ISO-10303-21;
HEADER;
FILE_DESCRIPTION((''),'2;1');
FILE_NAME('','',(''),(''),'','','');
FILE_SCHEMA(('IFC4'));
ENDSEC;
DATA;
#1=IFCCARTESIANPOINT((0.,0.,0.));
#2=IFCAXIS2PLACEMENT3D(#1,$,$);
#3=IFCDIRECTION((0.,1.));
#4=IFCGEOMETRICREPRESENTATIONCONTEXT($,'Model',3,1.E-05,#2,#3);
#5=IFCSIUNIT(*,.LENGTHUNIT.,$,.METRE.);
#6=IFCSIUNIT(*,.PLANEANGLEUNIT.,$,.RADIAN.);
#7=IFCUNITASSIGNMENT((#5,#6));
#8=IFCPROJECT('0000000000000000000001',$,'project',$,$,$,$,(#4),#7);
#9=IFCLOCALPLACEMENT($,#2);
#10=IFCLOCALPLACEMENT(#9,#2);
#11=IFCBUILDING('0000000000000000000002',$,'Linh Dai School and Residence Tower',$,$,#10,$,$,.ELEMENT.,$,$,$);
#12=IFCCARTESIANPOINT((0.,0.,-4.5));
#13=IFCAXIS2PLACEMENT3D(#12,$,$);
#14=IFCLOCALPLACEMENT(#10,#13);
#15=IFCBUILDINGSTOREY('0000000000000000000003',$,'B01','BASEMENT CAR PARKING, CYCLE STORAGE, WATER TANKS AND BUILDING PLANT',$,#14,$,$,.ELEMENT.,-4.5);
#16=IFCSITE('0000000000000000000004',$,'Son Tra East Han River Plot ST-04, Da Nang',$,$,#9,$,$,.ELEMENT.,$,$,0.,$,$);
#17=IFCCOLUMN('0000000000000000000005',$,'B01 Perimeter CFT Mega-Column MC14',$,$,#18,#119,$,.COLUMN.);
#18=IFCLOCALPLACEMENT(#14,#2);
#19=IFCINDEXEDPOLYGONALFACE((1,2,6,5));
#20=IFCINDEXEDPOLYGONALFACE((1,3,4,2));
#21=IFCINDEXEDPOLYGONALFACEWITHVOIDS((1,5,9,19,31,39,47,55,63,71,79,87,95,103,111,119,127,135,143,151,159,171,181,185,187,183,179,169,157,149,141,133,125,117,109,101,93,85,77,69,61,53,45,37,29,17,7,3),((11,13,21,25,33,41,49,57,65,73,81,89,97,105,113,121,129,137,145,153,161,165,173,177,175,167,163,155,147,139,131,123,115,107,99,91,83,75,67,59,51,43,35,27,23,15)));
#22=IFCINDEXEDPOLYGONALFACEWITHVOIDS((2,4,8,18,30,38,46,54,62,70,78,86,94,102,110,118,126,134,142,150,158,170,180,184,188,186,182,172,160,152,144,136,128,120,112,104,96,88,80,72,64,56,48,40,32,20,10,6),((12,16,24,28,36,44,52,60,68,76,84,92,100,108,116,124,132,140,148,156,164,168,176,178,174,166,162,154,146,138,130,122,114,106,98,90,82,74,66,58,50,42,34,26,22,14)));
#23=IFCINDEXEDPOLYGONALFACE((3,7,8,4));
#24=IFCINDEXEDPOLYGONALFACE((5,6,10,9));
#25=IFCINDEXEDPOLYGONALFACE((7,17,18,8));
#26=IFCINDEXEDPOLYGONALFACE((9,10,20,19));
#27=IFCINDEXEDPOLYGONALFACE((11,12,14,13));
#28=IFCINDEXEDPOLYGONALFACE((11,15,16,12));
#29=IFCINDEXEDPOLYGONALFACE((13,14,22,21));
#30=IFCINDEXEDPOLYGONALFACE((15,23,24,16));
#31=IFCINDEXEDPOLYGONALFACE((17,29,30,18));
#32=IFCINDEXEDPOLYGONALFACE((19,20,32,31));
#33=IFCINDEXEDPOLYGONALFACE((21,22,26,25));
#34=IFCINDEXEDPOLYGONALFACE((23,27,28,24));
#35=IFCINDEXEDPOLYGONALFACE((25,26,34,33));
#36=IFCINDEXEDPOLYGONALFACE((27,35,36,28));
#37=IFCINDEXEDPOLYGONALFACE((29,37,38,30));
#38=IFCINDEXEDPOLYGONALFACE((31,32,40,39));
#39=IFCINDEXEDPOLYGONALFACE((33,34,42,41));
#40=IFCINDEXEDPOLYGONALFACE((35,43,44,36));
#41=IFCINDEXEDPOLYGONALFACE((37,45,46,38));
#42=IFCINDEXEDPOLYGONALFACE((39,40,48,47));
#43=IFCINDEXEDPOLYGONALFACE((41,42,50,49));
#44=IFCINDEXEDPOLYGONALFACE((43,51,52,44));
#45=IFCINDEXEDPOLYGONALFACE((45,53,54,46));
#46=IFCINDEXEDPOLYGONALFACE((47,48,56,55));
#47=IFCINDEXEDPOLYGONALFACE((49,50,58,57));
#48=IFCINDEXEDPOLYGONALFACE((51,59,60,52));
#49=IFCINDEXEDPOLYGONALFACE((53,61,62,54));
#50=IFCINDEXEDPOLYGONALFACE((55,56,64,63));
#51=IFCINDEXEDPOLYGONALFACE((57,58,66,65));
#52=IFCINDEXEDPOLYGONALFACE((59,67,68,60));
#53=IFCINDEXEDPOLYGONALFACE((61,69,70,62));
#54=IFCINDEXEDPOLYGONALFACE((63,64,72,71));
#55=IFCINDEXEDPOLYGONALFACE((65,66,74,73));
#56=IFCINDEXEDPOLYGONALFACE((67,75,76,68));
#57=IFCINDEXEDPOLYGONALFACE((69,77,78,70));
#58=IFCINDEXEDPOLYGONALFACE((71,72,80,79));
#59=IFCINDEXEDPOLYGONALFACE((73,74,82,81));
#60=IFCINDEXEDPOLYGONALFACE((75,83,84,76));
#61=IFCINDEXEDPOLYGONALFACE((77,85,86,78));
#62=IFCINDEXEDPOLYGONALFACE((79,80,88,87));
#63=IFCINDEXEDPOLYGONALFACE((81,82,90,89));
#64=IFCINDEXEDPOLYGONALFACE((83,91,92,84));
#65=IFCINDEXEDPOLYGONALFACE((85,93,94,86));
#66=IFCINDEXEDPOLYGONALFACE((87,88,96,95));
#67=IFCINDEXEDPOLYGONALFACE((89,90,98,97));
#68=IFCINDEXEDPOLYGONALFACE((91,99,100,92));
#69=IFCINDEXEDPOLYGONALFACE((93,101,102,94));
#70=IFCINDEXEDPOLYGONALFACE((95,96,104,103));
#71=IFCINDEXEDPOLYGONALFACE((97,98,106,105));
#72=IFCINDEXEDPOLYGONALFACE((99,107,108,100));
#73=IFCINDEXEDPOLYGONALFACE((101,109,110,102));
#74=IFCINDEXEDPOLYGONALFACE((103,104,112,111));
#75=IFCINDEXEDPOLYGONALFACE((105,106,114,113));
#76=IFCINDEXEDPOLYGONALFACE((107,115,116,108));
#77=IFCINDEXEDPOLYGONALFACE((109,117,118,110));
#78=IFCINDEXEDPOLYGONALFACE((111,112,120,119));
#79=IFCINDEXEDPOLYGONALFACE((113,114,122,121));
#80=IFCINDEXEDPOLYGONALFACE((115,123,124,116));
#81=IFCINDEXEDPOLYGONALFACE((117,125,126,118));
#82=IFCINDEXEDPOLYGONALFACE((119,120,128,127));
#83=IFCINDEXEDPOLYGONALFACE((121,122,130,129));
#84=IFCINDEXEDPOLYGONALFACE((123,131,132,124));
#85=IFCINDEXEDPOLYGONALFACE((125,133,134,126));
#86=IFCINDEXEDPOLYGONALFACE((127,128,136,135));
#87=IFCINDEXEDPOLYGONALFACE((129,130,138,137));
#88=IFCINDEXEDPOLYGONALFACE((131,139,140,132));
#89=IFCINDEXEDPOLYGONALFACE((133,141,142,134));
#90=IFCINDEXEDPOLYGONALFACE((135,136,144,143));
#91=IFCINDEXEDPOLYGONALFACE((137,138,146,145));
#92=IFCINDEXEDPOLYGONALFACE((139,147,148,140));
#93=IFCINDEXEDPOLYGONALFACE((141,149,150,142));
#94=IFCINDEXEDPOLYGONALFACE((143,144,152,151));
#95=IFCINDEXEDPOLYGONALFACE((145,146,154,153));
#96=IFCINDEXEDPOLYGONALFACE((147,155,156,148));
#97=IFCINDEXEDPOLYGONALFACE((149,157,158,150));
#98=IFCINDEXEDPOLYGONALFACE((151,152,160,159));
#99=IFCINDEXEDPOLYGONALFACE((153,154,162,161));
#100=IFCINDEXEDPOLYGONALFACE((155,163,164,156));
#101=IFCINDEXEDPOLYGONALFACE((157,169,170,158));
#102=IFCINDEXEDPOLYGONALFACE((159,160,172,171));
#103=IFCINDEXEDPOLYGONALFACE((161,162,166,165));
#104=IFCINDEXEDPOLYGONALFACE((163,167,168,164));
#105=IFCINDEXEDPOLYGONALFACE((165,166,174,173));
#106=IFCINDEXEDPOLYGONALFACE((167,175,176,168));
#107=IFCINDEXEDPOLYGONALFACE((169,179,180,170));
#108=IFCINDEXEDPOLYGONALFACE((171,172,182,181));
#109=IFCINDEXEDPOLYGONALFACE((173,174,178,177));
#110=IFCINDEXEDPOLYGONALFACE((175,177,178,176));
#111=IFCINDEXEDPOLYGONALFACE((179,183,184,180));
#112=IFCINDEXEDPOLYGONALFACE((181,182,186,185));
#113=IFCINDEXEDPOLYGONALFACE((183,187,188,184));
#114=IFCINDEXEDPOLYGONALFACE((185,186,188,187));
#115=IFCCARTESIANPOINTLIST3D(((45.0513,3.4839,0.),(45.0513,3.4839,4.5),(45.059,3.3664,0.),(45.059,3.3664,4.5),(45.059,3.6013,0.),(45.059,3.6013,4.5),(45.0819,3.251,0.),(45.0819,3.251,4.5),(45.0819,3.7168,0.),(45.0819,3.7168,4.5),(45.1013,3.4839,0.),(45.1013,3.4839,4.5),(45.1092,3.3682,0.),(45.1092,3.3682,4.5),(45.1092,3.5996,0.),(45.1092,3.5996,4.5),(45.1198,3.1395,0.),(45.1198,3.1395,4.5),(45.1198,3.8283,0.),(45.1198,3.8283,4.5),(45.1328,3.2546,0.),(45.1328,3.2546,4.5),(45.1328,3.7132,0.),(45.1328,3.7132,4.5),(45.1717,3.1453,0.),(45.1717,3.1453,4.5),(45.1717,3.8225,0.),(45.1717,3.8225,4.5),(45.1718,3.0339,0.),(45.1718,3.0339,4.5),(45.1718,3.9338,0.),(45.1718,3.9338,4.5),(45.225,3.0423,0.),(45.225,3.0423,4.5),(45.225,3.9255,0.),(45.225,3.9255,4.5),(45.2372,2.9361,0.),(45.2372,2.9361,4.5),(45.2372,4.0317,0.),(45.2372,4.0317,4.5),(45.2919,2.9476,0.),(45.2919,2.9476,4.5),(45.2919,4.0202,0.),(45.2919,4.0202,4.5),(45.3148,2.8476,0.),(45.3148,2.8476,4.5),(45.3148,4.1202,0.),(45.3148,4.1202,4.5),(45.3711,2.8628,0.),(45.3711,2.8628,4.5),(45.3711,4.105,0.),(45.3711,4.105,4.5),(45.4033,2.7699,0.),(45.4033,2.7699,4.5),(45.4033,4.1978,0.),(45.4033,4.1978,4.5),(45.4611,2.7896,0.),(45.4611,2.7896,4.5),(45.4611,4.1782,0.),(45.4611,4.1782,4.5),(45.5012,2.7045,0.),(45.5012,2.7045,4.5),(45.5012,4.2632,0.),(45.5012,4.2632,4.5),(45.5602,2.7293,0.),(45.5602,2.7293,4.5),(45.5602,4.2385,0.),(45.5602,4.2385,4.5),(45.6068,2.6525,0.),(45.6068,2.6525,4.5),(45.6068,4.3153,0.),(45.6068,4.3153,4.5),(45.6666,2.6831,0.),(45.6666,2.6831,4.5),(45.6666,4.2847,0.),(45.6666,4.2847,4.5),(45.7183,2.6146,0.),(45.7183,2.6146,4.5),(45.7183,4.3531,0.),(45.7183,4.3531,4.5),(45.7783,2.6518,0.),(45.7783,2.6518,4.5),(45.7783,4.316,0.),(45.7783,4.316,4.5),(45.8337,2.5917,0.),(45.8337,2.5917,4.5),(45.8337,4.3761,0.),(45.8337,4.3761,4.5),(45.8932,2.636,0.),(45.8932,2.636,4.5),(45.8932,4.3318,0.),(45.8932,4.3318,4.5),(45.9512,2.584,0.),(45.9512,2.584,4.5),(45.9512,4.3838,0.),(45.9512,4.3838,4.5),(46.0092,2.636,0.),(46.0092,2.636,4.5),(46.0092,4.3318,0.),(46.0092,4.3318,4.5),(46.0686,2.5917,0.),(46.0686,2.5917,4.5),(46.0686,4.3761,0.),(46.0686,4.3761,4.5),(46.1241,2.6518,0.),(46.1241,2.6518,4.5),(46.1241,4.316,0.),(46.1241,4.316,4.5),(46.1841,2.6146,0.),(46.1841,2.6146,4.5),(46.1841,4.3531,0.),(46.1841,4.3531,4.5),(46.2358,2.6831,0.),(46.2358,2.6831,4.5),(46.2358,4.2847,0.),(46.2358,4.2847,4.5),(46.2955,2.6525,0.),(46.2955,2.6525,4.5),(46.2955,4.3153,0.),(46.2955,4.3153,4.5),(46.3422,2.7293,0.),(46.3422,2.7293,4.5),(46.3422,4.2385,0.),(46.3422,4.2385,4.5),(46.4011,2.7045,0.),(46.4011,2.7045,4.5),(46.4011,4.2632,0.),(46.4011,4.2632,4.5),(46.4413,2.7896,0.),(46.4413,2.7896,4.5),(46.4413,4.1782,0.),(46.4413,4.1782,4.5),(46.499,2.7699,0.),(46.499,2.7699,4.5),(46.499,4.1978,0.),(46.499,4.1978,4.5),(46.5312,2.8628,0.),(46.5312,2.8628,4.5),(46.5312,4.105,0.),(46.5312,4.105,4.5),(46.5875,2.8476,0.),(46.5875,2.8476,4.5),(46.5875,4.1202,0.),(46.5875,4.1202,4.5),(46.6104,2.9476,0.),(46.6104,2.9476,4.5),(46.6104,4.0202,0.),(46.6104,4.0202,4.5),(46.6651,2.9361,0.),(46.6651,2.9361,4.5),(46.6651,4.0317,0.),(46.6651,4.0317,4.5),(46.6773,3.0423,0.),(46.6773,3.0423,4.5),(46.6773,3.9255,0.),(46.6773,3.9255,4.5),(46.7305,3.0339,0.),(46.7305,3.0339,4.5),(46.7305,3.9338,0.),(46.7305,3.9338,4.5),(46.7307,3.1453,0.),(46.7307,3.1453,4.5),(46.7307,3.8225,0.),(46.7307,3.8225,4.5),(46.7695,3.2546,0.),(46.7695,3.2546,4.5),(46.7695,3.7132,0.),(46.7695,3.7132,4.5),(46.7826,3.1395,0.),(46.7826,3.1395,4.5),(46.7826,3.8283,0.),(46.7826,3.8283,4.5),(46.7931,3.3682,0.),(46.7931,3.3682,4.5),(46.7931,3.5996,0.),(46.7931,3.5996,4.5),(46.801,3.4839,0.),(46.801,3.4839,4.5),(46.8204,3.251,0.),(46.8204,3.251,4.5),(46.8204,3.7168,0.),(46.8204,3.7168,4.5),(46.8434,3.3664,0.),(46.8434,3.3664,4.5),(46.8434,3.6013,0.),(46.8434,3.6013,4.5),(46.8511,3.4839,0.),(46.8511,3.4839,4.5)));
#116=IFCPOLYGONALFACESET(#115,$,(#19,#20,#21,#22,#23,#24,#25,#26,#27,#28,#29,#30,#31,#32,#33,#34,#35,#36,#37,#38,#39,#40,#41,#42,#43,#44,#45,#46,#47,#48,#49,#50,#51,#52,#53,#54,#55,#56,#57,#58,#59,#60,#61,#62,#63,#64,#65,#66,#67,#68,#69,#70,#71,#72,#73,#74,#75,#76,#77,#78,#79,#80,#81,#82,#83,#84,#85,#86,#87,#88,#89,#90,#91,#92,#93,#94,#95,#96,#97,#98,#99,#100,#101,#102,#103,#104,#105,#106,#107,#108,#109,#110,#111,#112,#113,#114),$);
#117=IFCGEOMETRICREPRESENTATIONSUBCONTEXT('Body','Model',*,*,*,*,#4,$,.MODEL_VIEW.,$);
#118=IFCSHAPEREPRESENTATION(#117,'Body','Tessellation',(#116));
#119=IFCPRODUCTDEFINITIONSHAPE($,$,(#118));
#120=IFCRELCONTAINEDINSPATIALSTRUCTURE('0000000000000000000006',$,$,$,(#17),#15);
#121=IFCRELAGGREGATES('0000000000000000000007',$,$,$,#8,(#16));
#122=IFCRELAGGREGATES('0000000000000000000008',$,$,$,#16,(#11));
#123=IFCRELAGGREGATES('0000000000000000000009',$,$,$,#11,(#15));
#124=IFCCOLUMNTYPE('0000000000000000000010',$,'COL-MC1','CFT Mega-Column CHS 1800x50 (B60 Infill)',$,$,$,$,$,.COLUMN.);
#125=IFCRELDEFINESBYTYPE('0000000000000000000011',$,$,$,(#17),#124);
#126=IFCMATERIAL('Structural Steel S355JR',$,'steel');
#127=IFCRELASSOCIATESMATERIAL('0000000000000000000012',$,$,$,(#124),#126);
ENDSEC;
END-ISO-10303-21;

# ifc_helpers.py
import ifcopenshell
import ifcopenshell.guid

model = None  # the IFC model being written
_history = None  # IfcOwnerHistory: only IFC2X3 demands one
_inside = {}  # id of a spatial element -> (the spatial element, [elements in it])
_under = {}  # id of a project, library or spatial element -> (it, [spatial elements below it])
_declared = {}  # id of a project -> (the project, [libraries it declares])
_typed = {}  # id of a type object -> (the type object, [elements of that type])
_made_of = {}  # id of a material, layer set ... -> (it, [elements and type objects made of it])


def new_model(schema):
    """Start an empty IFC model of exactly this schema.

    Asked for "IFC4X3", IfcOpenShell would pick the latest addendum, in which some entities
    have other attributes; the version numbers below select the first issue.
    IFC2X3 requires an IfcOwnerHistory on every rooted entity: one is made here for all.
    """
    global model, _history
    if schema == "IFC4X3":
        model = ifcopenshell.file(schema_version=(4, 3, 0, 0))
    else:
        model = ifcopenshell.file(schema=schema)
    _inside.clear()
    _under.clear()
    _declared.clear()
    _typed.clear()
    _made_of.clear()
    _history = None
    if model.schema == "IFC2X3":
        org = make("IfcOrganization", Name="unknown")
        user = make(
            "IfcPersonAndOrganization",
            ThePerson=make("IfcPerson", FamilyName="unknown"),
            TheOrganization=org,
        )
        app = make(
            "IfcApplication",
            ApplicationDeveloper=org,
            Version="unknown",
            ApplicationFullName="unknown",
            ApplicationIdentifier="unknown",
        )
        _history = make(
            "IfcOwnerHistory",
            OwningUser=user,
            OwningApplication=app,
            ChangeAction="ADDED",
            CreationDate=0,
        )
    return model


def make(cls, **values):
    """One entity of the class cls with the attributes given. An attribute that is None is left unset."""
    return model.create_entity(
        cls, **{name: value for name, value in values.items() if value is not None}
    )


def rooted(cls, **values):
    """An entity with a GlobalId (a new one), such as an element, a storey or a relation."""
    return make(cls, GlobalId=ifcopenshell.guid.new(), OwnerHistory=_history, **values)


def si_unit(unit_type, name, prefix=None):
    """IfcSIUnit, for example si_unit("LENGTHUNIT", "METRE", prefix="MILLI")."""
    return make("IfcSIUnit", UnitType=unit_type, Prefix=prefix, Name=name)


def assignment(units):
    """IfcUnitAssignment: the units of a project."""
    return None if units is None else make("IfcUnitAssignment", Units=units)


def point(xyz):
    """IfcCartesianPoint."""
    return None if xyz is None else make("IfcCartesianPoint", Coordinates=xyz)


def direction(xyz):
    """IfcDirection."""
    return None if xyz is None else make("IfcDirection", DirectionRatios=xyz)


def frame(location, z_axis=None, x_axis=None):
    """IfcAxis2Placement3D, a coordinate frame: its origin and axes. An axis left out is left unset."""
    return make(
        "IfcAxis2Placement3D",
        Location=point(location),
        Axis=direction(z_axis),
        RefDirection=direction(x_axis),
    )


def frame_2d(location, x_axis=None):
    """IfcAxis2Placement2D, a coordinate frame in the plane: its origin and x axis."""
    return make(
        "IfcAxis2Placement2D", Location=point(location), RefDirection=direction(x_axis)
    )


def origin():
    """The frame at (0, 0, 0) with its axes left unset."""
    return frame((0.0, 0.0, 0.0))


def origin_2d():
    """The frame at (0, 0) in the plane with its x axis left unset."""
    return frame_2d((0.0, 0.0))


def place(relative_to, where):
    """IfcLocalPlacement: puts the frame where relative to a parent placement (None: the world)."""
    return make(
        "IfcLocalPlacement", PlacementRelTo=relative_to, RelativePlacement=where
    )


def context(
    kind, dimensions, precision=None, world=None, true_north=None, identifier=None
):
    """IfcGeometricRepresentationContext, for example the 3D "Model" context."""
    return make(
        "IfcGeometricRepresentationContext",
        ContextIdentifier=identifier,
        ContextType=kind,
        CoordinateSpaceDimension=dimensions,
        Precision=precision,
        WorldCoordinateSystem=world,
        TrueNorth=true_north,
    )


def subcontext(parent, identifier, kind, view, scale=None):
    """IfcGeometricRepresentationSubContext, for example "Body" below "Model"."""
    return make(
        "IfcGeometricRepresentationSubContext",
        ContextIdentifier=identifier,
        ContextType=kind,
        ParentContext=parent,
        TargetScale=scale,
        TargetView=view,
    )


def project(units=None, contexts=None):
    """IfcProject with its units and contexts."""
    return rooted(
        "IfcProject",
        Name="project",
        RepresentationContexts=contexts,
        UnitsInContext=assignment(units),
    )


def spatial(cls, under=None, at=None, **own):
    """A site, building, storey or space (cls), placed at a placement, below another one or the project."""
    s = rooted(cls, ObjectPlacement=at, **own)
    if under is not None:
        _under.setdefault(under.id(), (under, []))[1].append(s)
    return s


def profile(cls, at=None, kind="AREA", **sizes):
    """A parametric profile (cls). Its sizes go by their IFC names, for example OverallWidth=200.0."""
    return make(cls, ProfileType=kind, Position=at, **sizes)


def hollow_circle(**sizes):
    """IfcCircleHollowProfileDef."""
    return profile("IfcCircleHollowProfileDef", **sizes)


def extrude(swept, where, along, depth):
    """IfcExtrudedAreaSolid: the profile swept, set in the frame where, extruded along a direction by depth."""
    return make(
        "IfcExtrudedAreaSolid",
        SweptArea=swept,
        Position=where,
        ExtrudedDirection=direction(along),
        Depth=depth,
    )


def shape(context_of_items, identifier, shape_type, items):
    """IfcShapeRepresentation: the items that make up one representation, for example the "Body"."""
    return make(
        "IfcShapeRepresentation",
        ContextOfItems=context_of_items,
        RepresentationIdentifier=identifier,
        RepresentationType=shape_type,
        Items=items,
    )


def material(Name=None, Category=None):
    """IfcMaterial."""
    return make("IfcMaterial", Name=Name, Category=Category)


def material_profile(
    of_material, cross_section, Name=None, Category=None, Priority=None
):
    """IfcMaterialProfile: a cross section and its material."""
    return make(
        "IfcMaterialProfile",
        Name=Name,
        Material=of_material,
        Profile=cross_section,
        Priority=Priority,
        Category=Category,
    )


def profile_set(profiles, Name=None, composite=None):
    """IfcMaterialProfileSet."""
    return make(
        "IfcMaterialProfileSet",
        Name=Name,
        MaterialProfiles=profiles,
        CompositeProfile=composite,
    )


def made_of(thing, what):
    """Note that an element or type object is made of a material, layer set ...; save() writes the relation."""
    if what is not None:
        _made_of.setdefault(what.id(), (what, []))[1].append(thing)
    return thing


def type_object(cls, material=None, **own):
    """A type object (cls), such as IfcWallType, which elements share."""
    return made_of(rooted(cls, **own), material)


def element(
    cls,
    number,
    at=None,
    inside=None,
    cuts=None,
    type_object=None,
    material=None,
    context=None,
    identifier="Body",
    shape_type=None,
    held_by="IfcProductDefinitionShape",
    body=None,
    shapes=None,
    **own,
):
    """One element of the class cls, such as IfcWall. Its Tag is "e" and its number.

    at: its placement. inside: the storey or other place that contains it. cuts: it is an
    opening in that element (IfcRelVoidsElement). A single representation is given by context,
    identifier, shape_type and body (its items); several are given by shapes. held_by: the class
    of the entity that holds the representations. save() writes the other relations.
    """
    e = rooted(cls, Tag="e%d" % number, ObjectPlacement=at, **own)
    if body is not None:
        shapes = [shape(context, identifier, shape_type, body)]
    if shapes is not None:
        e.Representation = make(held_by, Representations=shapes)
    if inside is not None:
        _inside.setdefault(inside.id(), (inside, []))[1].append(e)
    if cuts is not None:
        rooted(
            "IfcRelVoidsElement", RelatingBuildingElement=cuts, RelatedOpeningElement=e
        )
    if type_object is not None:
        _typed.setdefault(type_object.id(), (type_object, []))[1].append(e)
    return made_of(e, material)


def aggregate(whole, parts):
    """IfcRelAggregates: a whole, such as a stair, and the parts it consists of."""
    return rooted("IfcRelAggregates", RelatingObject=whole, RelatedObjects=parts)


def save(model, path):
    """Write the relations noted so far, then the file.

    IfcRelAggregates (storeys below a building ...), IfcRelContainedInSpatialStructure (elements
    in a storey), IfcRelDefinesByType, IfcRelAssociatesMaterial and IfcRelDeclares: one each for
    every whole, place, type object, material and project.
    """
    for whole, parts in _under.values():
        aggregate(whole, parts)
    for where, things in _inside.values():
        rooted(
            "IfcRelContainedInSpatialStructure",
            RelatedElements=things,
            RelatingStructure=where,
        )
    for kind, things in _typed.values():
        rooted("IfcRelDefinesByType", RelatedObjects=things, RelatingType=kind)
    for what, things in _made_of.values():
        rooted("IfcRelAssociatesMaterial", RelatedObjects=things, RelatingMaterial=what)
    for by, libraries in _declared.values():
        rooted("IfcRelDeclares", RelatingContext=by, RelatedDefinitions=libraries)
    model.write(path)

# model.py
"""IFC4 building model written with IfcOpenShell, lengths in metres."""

from ifc_helpers import new_model, si_unit, direction, frame, origin, origin_2d, place, context, subcontext, project, spatial, hollow_circle, extrude, material, material_profile, profile_set, type_object, element, save


model = new_model("IFC4")

# Units and contexts
model_context = context("Model", 3, precision=1e-05, world=origin(), true_north=direction((0.0, 1.0)))
body_context = subcontext(model_context, "Body", "Model", "MODEL_VIEW")
ifc_project = project(units=[si_unit("LENGTHUNIT", "METRE"), si_unit("PLANEANGLEUNIT", "RADIAN")], contexts=[model_context])

# Site, building, storey
site_placement = place(None, origin())
site = spatial("IfcSite", under=ifc_project, at=site_placement, Name="Son Tra East Han River Plot ST-04, Da Nang", CompositionType="ELEMENT", RefElevation=0.0)
building_placement = place(site_placement, origin())
building = spatial("IfcBuilding", under=site, at=building_placement, Name="Linh Dai School and Residence Tower", CompositionType="ELEMENT")
storey_placement = place(building_placement, frame((0.0, 0.0, -4.5)))
storey = spatial("IfcBuildingStorey", under=building, at=storey_placement, Name="B01", Description="BASEMENT CAR PARKING, CYCLE STORAGE, WATER TANKS AND BUILDING PLANT", CompositionType="ELEMENT", Elevation=-4.5)

# Column
ifc_material_1 = material(Name="Structural Steel S355JR", Category="steel")
ifc_material_profile_1 = material_profile(ifc_material_1, hollow_circle(Radius=0.8999, WallThickness=0.05, at=origin_2d()), Name="CHS 1800x50")
ifc_profile_set_1 = profile_set([ifc_material_profile_1], Name="Structural Steel S355JR")
column_type_1 = type_object("IfcColumnType", Name="COL-MC1", Description="CFT Mega-Column CHS 1800x50 (B60 Infill)", PredefinedType="COLUMN", material=ifc_profile_set_1)
for number, where, z_axis, x_axis, name in (
    (1, (45.9512, 3.4839, 0.0), (0.0, 0.0, 1.0), (1.0, 0.0, 0.0), "B01 Perimeter CFT Mega-Column MC14"),
):
    element("IfcColumn", number, at=place(storey_placement, frame(where, z_axis=z_axis, x_axis=x_axis)), inside=storey, type_object=column_type_1, Name=name, PredefinedType="COLUMN", context=body_context, shape_type="SweptSolid", body=[
        extrude(hollow_circle(Radius=0.8999, WallThickness=0.05, at=origin_2d()), origin(), (0.0, 0.0, 1.0), 4.5),
    ])

save(model, "model.ifc")
